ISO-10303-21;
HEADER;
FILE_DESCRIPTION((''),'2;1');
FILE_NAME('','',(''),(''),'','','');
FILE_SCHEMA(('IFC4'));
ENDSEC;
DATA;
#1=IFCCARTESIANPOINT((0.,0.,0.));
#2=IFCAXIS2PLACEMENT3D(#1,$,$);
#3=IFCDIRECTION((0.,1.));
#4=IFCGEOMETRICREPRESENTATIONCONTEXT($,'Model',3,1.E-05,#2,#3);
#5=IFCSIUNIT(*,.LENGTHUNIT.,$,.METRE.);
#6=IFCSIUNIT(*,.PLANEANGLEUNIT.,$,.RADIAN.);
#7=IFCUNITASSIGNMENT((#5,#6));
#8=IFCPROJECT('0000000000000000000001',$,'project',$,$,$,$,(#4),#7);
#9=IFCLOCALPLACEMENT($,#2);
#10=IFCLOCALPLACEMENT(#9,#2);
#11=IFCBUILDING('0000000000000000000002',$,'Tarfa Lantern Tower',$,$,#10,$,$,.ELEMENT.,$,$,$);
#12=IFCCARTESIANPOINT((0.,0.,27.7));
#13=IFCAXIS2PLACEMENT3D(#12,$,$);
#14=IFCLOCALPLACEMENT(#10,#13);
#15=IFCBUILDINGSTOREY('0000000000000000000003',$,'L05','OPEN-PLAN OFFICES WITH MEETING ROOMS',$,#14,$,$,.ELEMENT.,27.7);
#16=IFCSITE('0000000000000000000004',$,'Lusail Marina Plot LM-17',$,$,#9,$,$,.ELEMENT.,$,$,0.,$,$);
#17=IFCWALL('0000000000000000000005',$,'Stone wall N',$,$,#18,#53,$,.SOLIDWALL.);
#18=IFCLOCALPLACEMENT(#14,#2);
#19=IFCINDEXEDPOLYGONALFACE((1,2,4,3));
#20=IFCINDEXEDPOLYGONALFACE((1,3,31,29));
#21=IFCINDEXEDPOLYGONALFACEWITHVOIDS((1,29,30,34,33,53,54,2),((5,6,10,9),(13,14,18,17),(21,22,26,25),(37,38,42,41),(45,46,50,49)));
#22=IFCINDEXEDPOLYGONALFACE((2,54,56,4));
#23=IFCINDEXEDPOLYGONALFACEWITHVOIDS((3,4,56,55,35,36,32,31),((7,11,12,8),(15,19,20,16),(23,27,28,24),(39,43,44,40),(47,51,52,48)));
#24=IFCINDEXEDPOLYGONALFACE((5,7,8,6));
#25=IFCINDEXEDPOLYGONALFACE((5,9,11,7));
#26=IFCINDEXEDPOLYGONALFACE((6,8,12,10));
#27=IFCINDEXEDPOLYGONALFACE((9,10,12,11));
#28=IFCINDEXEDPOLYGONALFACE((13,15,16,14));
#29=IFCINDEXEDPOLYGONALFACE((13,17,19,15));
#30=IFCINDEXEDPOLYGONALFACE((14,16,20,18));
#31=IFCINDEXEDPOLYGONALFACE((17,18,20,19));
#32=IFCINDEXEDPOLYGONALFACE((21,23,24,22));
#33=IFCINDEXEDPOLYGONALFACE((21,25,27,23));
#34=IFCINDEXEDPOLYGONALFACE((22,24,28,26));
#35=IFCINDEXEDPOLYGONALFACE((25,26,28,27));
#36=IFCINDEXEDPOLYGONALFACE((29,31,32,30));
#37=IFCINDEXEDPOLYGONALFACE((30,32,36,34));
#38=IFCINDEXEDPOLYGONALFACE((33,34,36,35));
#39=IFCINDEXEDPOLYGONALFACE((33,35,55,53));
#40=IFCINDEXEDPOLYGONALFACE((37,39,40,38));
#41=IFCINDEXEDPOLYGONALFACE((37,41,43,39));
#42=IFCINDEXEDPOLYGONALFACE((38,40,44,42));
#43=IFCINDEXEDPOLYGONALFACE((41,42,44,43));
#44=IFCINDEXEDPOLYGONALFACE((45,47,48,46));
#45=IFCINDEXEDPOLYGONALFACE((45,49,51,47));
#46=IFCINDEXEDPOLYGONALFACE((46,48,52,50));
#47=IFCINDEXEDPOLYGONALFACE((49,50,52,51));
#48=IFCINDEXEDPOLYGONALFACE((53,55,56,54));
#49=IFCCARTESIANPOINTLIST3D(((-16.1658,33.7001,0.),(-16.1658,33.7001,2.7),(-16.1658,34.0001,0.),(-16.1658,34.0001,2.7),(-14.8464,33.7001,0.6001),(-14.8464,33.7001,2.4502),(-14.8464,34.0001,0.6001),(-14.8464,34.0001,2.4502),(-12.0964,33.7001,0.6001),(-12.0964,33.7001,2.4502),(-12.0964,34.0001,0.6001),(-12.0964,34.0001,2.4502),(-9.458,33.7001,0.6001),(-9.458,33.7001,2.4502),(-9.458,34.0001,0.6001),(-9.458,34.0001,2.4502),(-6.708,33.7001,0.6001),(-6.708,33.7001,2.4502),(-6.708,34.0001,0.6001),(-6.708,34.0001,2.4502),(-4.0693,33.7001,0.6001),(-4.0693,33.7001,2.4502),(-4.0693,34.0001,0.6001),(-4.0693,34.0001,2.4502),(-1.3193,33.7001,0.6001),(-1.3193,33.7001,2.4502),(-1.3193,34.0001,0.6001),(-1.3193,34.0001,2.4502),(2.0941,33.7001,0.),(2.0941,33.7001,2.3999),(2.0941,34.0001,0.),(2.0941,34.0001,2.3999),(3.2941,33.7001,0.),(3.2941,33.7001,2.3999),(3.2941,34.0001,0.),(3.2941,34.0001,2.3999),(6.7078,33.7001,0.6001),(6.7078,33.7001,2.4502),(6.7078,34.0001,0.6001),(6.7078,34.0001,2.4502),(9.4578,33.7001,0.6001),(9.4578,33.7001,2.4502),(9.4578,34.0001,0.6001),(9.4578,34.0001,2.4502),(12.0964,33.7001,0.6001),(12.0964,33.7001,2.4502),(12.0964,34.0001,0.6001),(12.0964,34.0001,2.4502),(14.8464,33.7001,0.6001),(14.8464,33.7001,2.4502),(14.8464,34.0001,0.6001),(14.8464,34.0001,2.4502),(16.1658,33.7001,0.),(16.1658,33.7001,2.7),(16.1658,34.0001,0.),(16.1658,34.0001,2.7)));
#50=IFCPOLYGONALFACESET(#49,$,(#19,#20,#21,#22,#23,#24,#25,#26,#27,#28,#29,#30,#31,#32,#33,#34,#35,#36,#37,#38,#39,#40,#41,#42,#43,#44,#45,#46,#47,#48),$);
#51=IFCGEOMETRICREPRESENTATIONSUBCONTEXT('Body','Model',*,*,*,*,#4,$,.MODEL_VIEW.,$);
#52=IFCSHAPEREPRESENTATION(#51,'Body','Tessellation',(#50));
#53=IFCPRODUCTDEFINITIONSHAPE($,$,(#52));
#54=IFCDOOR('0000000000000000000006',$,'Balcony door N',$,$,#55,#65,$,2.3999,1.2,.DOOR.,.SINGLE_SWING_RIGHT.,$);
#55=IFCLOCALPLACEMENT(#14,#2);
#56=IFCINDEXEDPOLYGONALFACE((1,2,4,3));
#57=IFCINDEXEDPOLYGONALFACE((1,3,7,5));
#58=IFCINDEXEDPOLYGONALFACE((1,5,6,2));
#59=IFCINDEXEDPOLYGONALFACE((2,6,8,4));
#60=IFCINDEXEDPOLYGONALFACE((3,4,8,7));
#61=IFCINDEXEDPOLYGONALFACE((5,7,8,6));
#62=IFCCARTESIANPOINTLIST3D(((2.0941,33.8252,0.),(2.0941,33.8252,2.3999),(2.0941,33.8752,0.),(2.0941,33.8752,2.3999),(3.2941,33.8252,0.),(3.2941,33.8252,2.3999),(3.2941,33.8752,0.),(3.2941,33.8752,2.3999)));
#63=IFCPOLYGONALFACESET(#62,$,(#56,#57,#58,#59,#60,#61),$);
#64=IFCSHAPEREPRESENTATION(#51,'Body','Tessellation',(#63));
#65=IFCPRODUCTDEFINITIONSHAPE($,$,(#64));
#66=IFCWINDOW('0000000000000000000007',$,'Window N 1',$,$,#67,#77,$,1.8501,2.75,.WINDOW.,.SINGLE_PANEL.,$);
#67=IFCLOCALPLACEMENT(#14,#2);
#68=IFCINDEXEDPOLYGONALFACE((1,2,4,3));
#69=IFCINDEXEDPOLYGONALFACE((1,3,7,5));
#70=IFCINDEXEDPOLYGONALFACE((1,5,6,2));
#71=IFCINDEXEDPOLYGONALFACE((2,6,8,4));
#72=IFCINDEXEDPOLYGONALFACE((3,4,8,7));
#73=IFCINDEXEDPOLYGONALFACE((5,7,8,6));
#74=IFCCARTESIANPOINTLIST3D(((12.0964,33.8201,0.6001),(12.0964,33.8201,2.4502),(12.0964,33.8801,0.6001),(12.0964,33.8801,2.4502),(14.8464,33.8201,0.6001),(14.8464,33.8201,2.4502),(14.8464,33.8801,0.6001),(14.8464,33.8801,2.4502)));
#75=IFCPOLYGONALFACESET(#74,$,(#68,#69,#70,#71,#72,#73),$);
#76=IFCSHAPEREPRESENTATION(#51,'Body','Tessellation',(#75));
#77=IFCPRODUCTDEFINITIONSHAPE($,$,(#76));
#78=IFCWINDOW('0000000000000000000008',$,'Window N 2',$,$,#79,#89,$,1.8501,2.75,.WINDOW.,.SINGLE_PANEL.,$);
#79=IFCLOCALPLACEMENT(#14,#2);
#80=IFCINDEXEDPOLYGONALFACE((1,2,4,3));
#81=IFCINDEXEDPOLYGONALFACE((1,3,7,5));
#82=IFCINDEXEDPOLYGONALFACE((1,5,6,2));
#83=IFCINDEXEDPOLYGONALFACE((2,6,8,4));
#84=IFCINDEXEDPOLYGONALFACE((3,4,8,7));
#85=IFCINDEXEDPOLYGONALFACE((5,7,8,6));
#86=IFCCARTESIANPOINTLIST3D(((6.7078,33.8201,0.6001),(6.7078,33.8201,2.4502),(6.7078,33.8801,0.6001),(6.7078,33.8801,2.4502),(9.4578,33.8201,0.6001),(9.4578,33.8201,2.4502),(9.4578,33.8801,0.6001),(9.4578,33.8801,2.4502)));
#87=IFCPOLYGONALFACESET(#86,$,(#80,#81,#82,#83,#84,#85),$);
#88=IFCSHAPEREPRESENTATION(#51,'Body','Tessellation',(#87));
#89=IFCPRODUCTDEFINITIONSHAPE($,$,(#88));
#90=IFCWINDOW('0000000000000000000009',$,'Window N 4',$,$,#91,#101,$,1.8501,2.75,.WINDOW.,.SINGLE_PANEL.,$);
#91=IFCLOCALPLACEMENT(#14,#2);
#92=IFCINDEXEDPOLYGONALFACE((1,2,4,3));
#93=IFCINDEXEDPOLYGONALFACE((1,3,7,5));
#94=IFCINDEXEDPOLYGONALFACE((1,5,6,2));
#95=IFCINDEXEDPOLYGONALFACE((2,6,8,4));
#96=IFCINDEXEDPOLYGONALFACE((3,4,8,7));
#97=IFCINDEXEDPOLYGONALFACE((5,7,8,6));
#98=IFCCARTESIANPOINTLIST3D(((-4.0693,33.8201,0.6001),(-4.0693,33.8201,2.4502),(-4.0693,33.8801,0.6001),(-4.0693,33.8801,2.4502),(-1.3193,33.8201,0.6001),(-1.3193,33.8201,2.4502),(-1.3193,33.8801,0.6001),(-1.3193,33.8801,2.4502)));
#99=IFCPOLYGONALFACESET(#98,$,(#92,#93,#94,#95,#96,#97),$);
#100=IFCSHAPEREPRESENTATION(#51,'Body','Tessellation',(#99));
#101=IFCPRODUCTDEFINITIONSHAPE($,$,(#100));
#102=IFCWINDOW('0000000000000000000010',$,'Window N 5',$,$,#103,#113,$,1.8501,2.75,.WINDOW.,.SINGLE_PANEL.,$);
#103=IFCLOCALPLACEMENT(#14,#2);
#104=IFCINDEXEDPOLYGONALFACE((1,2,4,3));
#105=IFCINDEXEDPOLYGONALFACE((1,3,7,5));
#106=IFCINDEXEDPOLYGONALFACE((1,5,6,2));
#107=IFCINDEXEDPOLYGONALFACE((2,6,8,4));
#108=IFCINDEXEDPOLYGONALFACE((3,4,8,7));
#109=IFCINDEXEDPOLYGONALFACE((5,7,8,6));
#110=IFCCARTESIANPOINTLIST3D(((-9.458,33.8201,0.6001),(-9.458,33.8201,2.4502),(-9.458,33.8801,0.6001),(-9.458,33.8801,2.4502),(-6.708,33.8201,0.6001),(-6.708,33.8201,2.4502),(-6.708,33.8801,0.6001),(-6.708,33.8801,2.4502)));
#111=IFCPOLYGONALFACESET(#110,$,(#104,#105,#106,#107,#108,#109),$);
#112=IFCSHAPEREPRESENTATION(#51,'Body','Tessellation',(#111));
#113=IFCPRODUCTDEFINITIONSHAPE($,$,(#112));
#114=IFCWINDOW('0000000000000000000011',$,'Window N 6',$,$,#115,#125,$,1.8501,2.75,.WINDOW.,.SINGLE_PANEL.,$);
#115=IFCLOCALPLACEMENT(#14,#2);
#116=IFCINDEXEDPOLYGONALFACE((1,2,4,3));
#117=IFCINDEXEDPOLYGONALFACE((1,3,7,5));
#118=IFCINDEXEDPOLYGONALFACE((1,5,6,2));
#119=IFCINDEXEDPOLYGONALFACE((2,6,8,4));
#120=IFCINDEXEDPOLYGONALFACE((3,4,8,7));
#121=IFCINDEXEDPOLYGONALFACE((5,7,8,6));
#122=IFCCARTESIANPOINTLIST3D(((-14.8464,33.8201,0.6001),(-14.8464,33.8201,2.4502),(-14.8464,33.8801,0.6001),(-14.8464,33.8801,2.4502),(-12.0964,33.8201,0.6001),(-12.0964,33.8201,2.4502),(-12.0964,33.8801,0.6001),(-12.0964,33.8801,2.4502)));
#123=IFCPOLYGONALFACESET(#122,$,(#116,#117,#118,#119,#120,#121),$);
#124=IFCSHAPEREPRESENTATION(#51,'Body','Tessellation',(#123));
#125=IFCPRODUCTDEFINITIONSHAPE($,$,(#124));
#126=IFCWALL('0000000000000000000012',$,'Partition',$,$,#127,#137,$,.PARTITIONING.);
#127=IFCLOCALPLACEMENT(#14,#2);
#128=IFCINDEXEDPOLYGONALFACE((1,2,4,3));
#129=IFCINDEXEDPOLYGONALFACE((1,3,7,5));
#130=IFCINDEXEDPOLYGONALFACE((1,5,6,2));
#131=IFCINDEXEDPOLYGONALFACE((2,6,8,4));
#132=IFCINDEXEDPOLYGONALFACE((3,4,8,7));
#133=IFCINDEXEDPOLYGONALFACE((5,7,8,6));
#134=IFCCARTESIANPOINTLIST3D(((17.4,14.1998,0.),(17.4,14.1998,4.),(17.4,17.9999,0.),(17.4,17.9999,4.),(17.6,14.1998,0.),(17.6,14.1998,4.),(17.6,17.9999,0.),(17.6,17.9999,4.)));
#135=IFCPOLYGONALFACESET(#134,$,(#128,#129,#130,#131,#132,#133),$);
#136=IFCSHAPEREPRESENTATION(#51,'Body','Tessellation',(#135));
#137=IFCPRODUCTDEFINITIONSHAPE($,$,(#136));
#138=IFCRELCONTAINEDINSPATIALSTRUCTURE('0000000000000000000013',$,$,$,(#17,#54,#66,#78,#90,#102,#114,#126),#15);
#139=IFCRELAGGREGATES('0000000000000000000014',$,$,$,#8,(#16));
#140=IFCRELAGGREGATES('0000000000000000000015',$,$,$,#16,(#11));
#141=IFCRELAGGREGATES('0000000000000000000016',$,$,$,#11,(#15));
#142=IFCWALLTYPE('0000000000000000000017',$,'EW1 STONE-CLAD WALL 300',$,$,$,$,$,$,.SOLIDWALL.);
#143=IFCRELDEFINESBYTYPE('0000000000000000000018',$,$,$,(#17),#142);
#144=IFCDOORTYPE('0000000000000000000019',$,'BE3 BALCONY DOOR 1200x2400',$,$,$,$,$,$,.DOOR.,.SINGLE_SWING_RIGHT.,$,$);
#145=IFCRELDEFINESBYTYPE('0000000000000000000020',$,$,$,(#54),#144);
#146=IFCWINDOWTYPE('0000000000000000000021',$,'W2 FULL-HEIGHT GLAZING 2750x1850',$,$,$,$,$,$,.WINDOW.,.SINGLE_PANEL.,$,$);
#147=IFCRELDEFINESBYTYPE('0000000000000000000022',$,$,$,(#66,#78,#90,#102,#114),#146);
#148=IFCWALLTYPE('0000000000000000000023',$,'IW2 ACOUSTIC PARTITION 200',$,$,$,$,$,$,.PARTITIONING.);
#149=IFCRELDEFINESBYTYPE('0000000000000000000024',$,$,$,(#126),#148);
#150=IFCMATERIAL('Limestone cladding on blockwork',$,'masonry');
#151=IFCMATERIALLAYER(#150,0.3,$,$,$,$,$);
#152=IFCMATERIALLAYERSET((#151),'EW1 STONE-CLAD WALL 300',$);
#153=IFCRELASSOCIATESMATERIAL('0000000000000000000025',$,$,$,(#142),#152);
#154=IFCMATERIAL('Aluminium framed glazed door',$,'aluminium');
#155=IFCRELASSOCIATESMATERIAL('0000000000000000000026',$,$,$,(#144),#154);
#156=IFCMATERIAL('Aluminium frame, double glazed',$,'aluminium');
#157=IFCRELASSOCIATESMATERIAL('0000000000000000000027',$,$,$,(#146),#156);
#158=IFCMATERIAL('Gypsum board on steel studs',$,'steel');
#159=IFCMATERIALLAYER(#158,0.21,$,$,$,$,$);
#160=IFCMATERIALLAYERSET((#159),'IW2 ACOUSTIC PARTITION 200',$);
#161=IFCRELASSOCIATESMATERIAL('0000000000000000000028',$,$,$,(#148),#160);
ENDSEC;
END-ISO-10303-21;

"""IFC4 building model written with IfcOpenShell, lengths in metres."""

from ifc_helpers import new_model, si_unit, direction, frame, frame_2d, origin, place, context, subcontext, project, spatial, rectangle, extrude, material, layer, layer_set, type_object, element, fill, save


model = new_model("IFC4")

# Units and contexts
model_context = context("Model", 3, precision=1e-05, world=origin(), true_north=direction((0.0, 1.0)))
body_context = subcontext(model_context, "Body", "Model", "MODEL_VIEW")
ifc_project = project(units=[si_unit("LENGTHUNIT", "METRE"), si_unit("PLANEANGLEUNIT", "RADIAN")], contexts=[model_context])

# Site, building, storey
site_placement = place(None, origin())
site = spatial("IfcSite", under=ifc_project, at=site_placement, Name="Lusail Marina Plot LM-17", CompositionType="ELEMENT", RefElevation=0.0)
building_placement = place(site_placement, origin())
building = spatial("IfcBuilding", under=site, at=building_placement, Name="Tarfa Lantern Tower", CompositionType="ELEMENT")
storey_placement = place(building_placement, frame((0.0, 0.0, 27.7)))
storey = spatial("IfcBuildingStorey", under=building, at=storey_placement, Name="L05", Description="OPEN-PLAN OFFICES WITH MEETING ROOMS", CompositionType="ELEMENT", Elevation=27.7)

# Wall, openings, door, windows
ifc_material_1 = material(Name="Limestone cladding on blockwork", Category="masonry")
ifc_layer_1 = layer(ifc_material_1, 0.3)
ifc_layer_set_1 = layer_set([ifc_layer_1], Name="EW1 STONE-CLAD WALL 300")
wall_type_1 = type_object("IfcWallType", Name="EW1 STONE-CLAD WALL 300", PredefinedType="SOLIDWALL", material=ifc_layer_set_1)
wall_1_placement = place(storey_placement, frame((16.1658, 33.8501, 0.0), z_axis=(0.0, 0.0, 1.0), x_axis=(-1.0, 0.0, 0.0)))
wall_1 = element("IfcWall", 1, at=wall_1_placement, inside=storey, type_object=wall_type_1, Name="Stone wall N", PredefinedType="SOLIDWALL", context=body_context, shape_type="SweptSolid", body=[
    extrude(rectangle(XDim=32.3315, YDim=0.3, at=frame_2d((16.1658, 0.0))), origin(), (0.0, 0.0, 1.0), 2.7),
])
opening_1_placement = place(wall_1_placement, frame((1.3193, 0.0, 0.6001)))
opening_1 = element("IfcOpeningElement", 2, at=opening_1_placement, cuts=wall_1, PredefinedType="OPENING", context=body_context, shape_type="SweptSolid", body=[
    extrude(rectangle(XDim=2.75, YDim=1.8501, at=frame_2d((1.375, 0.925))), frame((0.0, 0.1599, 0.0), z_axis=(0.0, -1.0, 0.0), x_axis=(1.0, 0.0, 0.0)), (0.0, 0.0, 1.0), 0.3201),
])
opening_2_placement = place(wall_1_placement, frame((6.708, 0.0, 0.6001)))
opening_2 = element("IfcOpeningElement", 3, at=opening_2_placement, cuts=wall_1, PredefinedType="OPENING", context=body_context, shape_type="SweptSolid", body=[
    extrude(rectangle(XDim=2.75, YDim=1.8501, at=frame_2d((1.375, 0.925))), frame((0.0, 0.1599, 0.0), z_axis=(0.0, -1.0, 0.0), x_axis=(1.0, 0.0, 0.0)), (0.0, 0.0, 1.0), 0.3201),
])
opening_3_placement = place(wall_1_placement, frame((12.8716, 0.0, 0.0)))
opening_3 = element("IfcOpeningElement", 4, at=opening_3_placement, cuts=wall_1, PredefinedType="OPENING", context=body_context, shape_type="SweptSolid", body=[
    extrude(rectangle(XDim=1.2, YDim=2.3999, at=frame_2d((0.6001, 1.2))), frame((0.0, 0.1599, 0.0), z_axis=(0.0, -1.0, 0.0), x_axis=(1.0, 0.0, 0.0)), (0.0, 0.0, 1.0), 0.3201),
])
opening_4_placement = place(wall_1_placement, frame((17.4851, 0.0, 0.6001)))
opening_4 = element("IfcOpeningElement", 5, at=opening_4_placement, cuts=wall_1, PredefinedType="OPENING", context=body_context, shape_type="SweptSolid", body=[
    extrude(rectangle(XDim=2.75, YDim=1.8501, at=frame_2d((1.375, 0.925))), frame((0.0, 0.1599, 0.0), z_axis=(0.0, -1.0, 0.0), x_axis=(1.0, 0.0, 0.0)), (0.0, 0.0, 1.0), 0.3201),
])
opening_5_placement = place(wall_1_placement, frame((22.8738, 0.0, 0.6001)))
opening_5 = element("IfcOpeningElement", 6, at=opening_5_placement, cuts=wall_1, PredefinedType="OPENING", context=body_context, shape_type="SweptSolid", body=[
    extrude(rectangle(XDim=2.75, YDim=1.8501, at=frame_2d((1.375, 0.925))), frame((0.0, 0.1599, 0.0), z_axis=(0.0, -1.0, 0.0), x_axis=(1.0, 0.0, 0.0)), (0.0, 0.0, 1.0), 0.3201),
])
opening_6_placement = place(wall_1_placement, frame((28.2622, 0.0, 0.6001)))
opening_6 = element("IfcOpeningElement", 7, at=opening_6_placement, cuts=wall_1, PredefinedType="OPENING", context=body_context, shape_type="SweptSolid", body=[
    extrude(rectangle(XDim=2.75, YDim=1.8501, at=frame_2d((1.375, 0.925))), frame((0.0, 0.1599, 0.0), z_axis=(0.0, -1.0, 0.0), x_axis=(1.0, 0.0, 0.0)), (0.0, 0.0, 1.0), 0.3201),
])
ifc_material_2 = material(Name="Aluminium framed glazed door", Category="aluminium")
door_type_1 = type_object("IfcDoorType", Name="BE3 BALCONY DOOR 1200x2400", OperationType="SINGLE_SWING_RIGHT", PredefinedType="DOOR", material=ifc_material_2)
door_1_placement = place(opening_3_placement, origin())
door_1 = element("IfcDoor", 8, at=door_1_placement, inside=storey, type_object=door_type_1, Name="Balcony door N", OperationType="SINGLE_SWING_RIGHT", OverallHeight=2.3999, OverallWidth=1.2, PredefinedType="DOOR", context=body_context, shape_type="SweptSolid", body=[
    extrude(rectangle(XDim=1.2, YDim=2.3999, at=frame_2d((0.6001, 1.2))), frame((0.0, 0.0249, 0.0), z_axis=(0.0, -1.0, 0.0), x_axis=(1.0, 0.0, 0.0)), (0.0, 0.0, 1.0), 0.05),
])
fill(opening_3, door_1)
ifc_material_3 = material(Name="Aluminium frame, double glazed", Category="aluminium")
window_type = type_object("IfcWindowType", Name="W2 FULL-HEIGHT GLAZING 2750x1850", PartitioningType="SINGLE_PANEL", PredefinedType="WINDOW", material=ifc_material_3)
window_1_placement = place(opening_1_placement, origin())
window_1 = element("IfcWindow", 9, at=window_1_placement, inside=storey, type_object=window_type, Name="Window N 1", OverallHeight=1.8501, OverallWidth=2.75, PartitioningType="SINGLE_PANEL", PredefinedType="WINDOW", context=body_context, shape_type="SweptSolid", body=[
    extrude(rectangle(XDim=2.75, YDim=1.8501, at=frame_2d((1.375, 0.925))), frame((0.0, 0.03, 0.0), z_axis=(0.0, -1.0, 0.0), x_axis=(1.0, 0.0, 0.0)), (0.0, 0.0, 1.0), 0.0601),
])
fill(opening_1, window_1)
window_2_placement = place(opening_2_placement, origin())
window_2 = element("IfcWindow", 10, at=window_2_placement, inside=storey, type_object=window_type, Name="Window N 2", OverallHeight=1.8501, OverallWidth=2.75, PartitioningType="SINGLE_PANEL", PredefinedType="WINDOW", context=body_context, shape_type="SweptSolid", body=[
    extrude(rectangle(XDim=2.75, YDim=1.8501, at=frame_2d((1.375, 0.925))), frame((0.0, 0.03, 0.0), z_axis=(0.0, -1.0, 0.0), x_axis=(1.0, 0.0, 0.0)), (0.0, 0.0, 1.0), 0.0601),
])
fill(opening_2, window_2)
window_3_placement = place(opening_4_placement, origin())
window_3 = element("IfcWindow", 11, at=window_3_placement, inside=storey, type_object=window_type, Name="Window N 4", OverallHeight=1.8501, OverallWidth=2.75, PartitioningType="SINGLE_PANEL", PredefinedType="WINDOW", context=body_context, shape_type="SweptSolid", body=[
    extrude(rectangle(XDim=2.75, YDim=1.8501, at=frame_2d((1.375, 0.925))), frame((0.0, 0.03, 0.0), z_axis=(0.0, -1.0, 0.0), x_axis=(1.0, 0.0, 0.0)), (0.0, 0.0, 1.0), 0.0601),
])
fill(opening_4, window_3)
window_4_placement = place(opening_5_placement, origin())
window_4 = element("IfcWindow", 12, at=window_4_placement, inside=storey, type_object=window_type, Name="Window N 5", OverallHeight=1.8501, OverallWidth=2.75, PartitioningType="SINGLE_PANEL", PredefinedType="WINDOW", context=body_context, shape_type="SweptSolid", body=[
    extrude(rectangle(XDim=2.75, YDim=1.8501, at=frame_2d((1.375, 0.925))), frame((0.0, 0.03, 0.0), z_axis=(0.0, -1.0, 0.0), x_axis=(1.0, 0.0, 0.0)), (0.0, 0.0, 1.0), 0.0601),
])
fill(opening_5, window_4)
window_5_placement = place(opening_6_placement, origin())
window_5 = element("IfcWindow", 13, at=window_5_placement, inside=storey, type_object=window_type, Name="Window N 6", OverallHeight=1.8501, OverallWidth=2.75, PartitioningType="SINGLE_PANEL", PredefinedType="WINDOW", context=body_context, shape_type="SweptSolid", body=[
    extrude(rectangle(XDim=2.75, YDim=1.8501, at=frame_2d((1.375, 0.925))), frame((0.0, 0.03, 0.0), z_axis=(0.0, -1.0, 0.0), x_axis=(1.0, 0.0, 0.0)), (0.0, 0.0, 1.0), 0.0601),
])
fill(opening_6, window_5)

# Wall
ifc_material_4 = material(Name="Gypsum board on steel studs", Category="steel")
ifc_layer_2 = layer(ifc_material_4, 0.21)
ifc_layer_set_2 = layer_set([ifc_layer_2], Name="IW2 ACOUSTIC PARTITION 200")
wall_type_2 = type_object("IfcWallType", Name="IW2 ACOUSTIC PARTITION 200", PredefinedType="PARTITIONING", material=ifc_layer_set_2)
wall_2_placement = place(storey_placement, frame((17.5, 14.2, 0.0), z_axis=(0.0, 0.0, 1.0), x_axis=(0.0, 1.0, 0.0)))
element("IfcWall", 14, at=wall_2_placement, inside=storey, type_object=wall_type_2, Name="Partition", PredefinedType="PARTITIONING", context=body_context, shape_type="SweptSolid", body=[
    extrude(rectangle(XDim=3.8, YDim=0.2, at=frame_2d((1.8999, 0.0))), origin(), (0.0, 0.0, 1.0), 4.0),
])

save(model, "model.ifc")
